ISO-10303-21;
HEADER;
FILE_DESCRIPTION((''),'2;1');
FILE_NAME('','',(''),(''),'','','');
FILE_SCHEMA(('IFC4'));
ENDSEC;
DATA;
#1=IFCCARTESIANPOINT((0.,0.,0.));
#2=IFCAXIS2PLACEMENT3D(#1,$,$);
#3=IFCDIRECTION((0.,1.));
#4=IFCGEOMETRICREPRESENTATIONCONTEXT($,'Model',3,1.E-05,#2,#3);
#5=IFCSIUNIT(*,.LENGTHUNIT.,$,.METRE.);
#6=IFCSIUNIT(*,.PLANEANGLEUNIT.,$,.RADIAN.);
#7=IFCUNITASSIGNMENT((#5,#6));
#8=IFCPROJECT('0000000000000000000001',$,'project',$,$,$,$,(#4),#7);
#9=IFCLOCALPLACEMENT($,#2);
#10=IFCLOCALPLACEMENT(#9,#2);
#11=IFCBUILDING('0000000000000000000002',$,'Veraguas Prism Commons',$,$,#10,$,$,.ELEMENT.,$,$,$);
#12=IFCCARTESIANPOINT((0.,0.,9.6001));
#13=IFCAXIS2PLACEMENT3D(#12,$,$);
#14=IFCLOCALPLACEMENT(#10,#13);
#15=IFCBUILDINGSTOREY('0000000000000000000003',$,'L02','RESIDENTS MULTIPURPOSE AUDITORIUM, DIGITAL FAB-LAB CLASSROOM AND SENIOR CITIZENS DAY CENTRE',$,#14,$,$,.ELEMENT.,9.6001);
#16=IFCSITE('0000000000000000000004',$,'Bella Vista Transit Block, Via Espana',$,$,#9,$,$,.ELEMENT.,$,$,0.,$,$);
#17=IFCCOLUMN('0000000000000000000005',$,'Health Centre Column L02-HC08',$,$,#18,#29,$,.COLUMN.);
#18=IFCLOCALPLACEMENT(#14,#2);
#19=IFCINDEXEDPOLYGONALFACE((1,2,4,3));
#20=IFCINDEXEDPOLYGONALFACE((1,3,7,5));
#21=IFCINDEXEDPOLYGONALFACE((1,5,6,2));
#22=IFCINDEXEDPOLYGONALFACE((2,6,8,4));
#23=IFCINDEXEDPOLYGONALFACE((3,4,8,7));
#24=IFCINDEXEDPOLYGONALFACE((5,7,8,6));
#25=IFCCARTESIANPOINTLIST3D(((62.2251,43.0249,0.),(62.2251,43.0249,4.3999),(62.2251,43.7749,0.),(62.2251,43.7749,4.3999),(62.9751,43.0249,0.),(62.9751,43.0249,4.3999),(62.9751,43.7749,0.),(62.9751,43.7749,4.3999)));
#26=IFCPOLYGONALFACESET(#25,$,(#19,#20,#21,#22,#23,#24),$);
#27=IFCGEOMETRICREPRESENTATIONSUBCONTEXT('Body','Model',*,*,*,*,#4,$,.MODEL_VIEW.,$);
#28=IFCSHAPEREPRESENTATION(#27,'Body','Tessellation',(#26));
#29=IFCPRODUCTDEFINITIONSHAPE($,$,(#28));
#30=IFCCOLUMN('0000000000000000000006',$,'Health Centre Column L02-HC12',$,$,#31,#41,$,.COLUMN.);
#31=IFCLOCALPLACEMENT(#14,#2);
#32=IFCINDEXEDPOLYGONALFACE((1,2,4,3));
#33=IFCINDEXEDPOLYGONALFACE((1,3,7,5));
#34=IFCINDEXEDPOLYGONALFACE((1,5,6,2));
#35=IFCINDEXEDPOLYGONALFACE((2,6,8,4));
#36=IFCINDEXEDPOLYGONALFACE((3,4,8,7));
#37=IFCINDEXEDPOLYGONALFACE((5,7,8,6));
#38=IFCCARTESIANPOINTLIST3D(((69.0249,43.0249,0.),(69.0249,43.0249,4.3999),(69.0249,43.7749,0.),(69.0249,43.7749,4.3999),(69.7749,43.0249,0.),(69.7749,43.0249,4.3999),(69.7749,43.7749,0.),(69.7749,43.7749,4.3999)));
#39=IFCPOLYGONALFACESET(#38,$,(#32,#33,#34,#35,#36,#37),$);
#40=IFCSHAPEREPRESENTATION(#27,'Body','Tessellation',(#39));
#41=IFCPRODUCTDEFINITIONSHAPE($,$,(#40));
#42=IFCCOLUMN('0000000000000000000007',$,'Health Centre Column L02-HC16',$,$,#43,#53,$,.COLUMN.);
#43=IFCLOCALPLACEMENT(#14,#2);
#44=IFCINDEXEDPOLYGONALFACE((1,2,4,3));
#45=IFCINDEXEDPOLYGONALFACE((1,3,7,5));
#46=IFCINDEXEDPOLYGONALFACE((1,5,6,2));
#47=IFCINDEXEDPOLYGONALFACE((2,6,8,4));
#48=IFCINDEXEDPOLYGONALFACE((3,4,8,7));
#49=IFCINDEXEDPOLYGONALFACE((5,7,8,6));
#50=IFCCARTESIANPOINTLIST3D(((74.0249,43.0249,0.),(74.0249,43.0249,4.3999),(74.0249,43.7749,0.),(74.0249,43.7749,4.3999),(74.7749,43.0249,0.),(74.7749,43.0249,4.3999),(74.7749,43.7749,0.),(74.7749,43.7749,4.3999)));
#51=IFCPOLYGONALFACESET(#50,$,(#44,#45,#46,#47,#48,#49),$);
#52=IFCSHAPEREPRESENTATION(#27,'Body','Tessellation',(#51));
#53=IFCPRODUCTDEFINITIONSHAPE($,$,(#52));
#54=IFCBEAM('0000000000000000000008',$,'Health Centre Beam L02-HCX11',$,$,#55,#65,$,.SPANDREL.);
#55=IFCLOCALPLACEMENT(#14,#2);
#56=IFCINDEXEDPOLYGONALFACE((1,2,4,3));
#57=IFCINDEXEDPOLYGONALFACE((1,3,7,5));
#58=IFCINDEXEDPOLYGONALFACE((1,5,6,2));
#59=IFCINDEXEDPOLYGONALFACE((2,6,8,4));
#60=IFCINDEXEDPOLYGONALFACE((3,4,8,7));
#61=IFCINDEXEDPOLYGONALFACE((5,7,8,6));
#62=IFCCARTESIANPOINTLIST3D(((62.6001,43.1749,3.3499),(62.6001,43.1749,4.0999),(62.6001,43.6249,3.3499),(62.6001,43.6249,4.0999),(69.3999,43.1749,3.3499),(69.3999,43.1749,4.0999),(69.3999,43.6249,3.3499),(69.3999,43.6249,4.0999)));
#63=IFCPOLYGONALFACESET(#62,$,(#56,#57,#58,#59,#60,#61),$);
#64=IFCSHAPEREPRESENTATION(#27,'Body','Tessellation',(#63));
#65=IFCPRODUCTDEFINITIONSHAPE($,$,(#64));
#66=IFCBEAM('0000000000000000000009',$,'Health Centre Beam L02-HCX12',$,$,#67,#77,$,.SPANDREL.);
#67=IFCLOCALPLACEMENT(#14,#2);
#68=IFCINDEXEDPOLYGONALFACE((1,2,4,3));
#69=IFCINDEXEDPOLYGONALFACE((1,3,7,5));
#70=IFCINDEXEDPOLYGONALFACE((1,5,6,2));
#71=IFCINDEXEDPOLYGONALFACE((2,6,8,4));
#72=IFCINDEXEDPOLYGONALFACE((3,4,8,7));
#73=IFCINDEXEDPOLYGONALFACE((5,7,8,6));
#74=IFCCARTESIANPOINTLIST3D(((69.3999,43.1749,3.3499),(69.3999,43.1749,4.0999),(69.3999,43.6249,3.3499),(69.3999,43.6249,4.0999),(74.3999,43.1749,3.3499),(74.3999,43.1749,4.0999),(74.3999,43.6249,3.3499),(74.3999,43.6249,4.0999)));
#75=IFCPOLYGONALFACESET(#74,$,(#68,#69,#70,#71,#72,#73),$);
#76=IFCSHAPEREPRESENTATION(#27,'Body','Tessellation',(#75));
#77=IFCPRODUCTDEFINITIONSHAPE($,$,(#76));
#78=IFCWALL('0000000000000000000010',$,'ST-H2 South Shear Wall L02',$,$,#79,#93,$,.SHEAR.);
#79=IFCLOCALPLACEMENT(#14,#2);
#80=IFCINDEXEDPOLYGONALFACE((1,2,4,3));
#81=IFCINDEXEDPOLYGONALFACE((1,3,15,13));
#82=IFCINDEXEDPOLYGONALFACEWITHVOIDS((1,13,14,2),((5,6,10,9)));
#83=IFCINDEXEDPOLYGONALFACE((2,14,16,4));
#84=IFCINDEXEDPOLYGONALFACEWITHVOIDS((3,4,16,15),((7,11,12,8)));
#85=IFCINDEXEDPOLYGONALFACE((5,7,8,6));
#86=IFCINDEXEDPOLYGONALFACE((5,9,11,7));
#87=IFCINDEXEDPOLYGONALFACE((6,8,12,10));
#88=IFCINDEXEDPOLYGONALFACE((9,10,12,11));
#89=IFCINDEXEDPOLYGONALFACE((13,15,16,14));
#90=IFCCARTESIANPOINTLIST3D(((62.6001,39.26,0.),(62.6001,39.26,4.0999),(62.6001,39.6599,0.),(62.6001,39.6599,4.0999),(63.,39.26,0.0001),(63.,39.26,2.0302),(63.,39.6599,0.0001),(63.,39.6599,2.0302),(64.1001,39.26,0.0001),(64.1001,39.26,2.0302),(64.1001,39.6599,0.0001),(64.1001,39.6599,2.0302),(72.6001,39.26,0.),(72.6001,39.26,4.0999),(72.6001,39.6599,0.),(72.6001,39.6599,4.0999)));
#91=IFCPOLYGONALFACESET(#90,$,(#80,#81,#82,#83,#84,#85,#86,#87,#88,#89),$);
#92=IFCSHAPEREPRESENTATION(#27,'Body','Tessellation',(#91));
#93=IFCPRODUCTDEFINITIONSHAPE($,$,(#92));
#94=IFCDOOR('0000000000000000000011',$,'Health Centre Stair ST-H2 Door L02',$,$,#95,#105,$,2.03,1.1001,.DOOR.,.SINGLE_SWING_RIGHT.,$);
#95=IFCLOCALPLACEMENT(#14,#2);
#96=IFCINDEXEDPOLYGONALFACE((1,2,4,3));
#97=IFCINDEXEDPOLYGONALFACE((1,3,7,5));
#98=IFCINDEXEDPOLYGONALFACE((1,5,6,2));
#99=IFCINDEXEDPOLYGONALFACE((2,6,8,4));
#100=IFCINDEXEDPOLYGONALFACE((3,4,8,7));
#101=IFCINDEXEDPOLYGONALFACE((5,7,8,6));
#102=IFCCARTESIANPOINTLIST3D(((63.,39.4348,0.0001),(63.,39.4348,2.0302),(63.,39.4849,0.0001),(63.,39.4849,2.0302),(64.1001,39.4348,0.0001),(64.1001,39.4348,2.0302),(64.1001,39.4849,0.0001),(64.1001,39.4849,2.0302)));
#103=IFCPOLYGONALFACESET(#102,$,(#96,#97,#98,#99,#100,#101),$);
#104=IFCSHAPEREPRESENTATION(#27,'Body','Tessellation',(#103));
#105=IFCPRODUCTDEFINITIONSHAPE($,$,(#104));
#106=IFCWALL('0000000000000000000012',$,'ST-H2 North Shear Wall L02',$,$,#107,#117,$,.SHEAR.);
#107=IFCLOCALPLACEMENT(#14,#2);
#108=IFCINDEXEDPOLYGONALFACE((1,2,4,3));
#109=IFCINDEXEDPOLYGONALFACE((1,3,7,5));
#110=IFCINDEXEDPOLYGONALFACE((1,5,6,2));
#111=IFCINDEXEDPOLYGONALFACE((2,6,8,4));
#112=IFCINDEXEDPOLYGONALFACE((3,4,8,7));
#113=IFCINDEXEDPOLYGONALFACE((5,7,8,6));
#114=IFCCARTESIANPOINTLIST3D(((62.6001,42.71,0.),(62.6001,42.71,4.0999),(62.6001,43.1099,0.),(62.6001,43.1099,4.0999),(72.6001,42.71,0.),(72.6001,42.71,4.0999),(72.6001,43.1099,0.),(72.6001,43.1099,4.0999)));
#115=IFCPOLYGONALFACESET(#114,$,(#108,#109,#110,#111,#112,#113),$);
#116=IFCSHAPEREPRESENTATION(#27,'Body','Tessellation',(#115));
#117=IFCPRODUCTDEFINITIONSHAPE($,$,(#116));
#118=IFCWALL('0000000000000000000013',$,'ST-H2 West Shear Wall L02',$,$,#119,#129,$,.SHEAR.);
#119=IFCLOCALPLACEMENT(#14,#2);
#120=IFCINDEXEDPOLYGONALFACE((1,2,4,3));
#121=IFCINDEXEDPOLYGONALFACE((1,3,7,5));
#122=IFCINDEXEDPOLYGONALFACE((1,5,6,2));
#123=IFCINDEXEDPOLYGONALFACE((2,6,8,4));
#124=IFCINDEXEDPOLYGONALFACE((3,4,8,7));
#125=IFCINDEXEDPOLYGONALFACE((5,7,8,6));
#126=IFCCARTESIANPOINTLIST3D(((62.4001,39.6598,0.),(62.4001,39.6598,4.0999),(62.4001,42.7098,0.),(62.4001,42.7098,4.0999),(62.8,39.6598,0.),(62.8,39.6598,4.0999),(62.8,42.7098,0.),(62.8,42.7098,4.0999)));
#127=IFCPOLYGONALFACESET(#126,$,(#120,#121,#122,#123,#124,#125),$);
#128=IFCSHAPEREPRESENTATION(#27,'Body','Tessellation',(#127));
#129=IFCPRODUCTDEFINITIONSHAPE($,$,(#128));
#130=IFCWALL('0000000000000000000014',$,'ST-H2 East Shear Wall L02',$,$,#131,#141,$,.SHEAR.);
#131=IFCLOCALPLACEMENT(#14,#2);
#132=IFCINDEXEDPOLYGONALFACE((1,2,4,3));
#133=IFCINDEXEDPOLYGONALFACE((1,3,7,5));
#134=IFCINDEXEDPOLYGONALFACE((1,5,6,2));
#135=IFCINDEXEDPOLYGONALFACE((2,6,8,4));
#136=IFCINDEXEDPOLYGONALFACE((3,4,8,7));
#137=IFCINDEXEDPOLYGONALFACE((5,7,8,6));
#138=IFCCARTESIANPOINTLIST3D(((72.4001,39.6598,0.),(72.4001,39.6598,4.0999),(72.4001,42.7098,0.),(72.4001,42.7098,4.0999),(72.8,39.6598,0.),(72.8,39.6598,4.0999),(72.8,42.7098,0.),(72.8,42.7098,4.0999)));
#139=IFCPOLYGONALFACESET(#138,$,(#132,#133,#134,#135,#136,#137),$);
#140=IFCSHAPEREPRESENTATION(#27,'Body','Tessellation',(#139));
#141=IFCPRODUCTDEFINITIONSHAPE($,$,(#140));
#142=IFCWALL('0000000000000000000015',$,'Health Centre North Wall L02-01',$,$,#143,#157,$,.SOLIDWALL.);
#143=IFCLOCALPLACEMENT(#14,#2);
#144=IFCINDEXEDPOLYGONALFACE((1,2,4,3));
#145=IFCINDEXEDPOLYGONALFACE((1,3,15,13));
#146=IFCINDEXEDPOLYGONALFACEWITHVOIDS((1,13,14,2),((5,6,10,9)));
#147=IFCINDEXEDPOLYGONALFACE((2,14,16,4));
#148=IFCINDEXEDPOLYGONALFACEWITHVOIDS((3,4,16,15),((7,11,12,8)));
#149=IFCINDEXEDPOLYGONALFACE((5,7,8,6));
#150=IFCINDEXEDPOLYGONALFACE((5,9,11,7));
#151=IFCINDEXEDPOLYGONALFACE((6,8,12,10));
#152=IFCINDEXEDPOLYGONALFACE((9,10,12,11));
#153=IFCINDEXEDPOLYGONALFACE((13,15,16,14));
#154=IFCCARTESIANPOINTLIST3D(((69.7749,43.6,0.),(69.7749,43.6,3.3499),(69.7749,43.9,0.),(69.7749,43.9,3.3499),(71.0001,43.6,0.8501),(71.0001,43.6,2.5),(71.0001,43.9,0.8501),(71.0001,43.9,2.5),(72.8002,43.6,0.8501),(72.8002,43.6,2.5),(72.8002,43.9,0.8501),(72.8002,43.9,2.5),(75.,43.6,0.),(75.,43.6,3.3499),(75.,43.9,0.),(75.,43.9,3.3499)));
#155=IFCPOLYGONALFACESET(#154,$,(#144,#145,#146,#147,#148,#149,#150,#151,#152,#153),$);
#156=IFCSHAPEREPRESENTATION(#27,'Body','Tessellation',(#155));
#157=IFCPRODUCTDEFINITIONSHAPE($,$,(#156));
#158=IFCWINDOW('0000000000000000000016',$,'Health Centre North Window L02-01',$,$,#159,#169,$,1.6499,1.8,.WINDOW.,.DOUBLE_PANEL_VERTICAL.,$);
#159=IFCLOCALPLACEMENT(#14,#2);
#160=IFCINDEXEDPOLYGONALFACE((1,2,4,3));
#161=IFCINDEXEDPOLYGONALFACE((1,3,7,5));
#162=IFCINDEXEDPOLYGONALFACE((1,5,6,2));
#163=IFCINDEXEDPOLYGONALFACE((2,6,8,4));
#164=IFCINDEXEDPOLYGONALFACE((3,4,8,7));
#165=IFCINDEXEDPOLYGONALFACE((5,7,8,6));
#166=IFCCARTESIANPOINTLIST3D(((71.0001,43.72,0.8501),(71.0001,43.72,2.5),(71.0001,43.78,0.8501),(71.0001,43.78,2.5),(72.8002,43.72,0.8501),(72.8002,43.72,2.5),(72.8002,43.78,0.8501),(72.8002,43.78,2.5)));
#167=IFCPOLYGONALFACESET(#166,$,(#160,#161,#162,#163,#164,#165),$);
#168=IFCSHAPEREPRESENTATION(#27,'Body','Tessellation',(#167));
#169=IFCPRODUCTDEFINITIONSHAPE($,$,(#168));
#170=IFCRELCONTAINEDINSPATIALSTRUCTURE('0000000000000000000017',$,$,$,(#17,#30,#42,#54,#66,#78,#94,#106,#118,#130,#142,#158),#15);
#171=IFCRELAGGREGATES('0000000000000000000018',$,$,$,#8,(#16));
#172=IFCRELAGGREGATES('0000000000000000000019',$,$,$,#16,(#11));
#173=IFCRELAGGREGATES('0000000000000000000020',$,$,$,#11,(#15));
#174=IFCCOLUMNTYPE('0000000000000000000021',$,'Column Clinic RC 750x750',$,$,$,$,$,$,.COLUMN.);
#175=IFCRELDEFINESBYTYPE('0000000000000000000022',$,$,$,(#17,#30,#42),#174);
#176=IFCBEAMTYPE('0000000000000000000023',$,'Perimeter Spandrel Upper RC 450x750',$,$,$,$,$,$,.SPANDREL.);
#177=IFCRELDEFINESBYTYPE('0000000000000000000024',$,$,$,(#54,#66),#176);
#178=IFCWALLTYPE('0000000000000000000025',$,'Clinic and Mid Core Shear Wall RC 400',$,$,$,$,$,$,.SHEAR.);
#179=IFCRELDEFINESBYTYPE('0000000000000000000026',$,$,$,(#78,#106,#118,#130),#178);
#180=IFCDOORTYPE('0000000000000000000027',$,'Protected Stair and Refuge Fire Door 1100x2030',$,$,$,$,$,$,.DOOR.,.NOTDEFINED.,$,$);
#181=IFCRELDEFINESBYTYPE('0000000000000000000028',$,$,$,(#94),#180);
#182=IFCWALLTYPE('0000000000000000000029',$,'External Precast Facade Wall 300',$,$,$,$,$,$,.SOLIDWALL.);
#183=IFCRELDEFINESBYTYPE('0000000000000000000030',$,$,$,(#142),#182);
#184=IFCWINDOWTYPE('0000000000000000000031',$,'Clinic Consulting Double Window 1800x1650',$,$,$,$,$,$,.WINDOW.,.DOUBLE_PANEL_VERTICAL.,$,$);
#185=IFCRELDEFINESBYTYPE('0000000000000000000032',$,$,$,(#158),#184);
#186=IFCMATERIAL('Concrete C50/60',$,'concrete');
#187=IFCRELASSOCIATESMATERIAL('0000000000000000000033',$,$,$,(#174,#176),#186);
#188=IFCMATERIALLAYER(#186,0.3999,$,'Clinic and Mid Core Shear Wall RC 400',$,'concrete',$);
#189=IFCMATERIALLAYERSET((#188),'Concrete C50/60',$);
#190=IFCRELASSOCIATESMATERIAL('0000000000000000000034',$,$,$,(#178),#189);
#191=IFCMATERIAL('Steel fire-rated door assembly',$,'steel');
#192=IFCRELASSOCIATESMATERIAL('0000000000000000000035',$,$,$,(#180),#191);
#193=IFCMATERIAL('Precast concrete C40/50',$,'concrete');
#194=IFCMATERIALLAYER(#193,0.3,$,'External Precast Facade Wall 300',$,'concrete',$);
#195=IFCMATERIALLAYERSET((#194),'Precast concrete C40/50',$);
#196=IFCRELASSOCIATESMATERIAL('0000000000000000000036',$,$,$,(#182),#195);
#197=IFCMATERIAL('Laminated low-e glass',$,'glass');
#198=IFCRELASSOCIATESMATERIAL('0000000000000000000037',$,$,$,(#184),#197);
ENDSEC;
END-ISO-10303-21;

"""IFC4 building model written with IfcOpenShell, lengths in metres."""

from ifc_helpers import new_model, si_unit, direction, frame, frame_2d, origin, origin_2d, place, context, subcontext, project, spatial, rectangle, extrude, source, transform, mapped, material, layer, layer_set, material_profile, profile_set, type_object, element, fill, save


model = new_model("IFC4")

# Units and contexts
model_context = context("Model", 3, precision=1e-05, world=origin(), true_north=direction((0.0, 1.0)))
body_context = subcontext(model_context, "Body", "Model", "MODEL_VIEW")
ifc_project = project(units=[si_unit("LENGTHUNIT", "METRE"), si_unit("PLANEANGLEUNIT", "RADIAN")], contexts=[model_context])

# Site, building, storey
site_placement = place(None, origin())
site = spatial("IfcSite", under=ifc_project, at=site_placement, Name="Bella Vista Transit Block, Via Espana", CompositionType="ELEMENT", RefElevation=0.0)
building_placement = place(site_placement, origin())
building = spatial("IfcBuilding", under=site, at=building_placement, Name="Veraguas Prism Commons", CompositionType="ELEMENT")
storey_placement = place(building_placement, frame((0.0, 0.0, 9.6001)))
storey = spatial("IfcBuildingStorey", under=building, at=storey_placement, Name="L02", Description="RESIDENTS MULTIPURPOSE AUDITORIUM, DIGITAL FAB-LAB CLASSROOM AND SENIOR CITIZENS DAY CENTRE", CompositionType="ELEMENT", Elevation=9.6001)

# Columns
ifc_material_1 = material(Name="Concrete C50/60", Category="concrete")
ifc_material_profile_1 = material_profile(ifc_material_1, rectangle(XDim=0.75, YDim=0.75, at=origin_2d()), Name="RC750X750")
ifc_profile_set_1 = profile_set([ifc_material_profile_1], Name="Concrete C50/60")
column_type = type_object("IfcColumnType", Name="Column Clinic RC 750x750", PredefinedType="COLUMN", material=ifc_profile_set_1)
for number, where, z_axis, x_axis, name in (
    (1, (62.6001, 43.3999, 0.0), (0.0, 0.0, 1.0), (1.0, 0.0, 0.0), "Health Centre Column L02-HC08"),
    (2, (69.3999, 43.3999, 0.0), (0.0, 0.0, 1.0), (1.0, 0.0, 0.0), "Health Centre Column L02-HC12"),
    (3, (74.3999, 43.3999, 0.0), (0.0, 0.0, 1.0), (1.0, 0.0, 0.0), "Health Centre Column L02-HC16"),
):
    element("IfcColumn", number, at=place(storey_placement, frame(where, z_axis=z_axis, x_axis=x_axis)), inside=storey, type_object=column_type, Name=name, PredefinedType="COLUMN", context=body_context, shape_type="SweptSolid", body=[
        extrude(rectangle(XDim=0.75, YDim=0.75, at=origin_2d()), origin(), (0.0, 0.0, 1.0), 4.3999),
    ])

# Beams
ifc_material_profile_2 = material_profile(ifc_material_1, rectangle(XDim=0.45, YDim=0.75, at=origin_2d()), Name="RC450X750")
ifc_profile_set_2 = profile_set([ifc_material_profile_2], Name="Concrete C50/60")
beam_type = type_object("IfcBeamType", Name="Perimeter Spandrel Upper RC 450x750", PredefinedType="SPANDREL", material=ifc_profile_set_2)
beam_1_placement = place(storey_placement, frame((62.6001, 43.3999, 3.7249), z_axis=(1.0, 0.0, 0.0), x_axis=(0.0, 1.0, 0.0)))
element("IfcBeam", 4, at=beam_1_placement, inside=storey, type_object=beam_type, Name="Health Centre Beam L02-HCX11", PredefinedType="SPANDREL", context=body_context, shape_type="SweptSolid", body=[
    extrude(rectangle(XDim=0.45, YDim=0.75, at=origin_2d()), origin(), (0.0, 0.0, 1.0), 6.7998),
])
beam_2_placement = place(storey_placement, frame((69.3999, 43.3999, 3.7249), z_axis=(1.0, 0.0, 0.0), x_axis=(0.0, 1.0, 0.0)))
element("IfcBeam", 5, at=beam_2_placement, inside=storey, type_object=beam_type, Name="Health Centre Beam L02-HCX12", PredefinedType="SPANDREL", context=body_context, shape_type="SweptSolid", body=[
    extrude(rectangle(XDim=0.45, YDim=0.75, at=origin_2d()), origin(), (0.0, 0.0, 1.0), 5.0),
])

# Wall, opening, door
ifc_layer_1 = layer(ifc_material_1, 0.3999, Name="Clinic and Mid Core Shear Wall RC 400", Category="concrete")
ifc_layer_set_1 = layer_set([ifc_layer_1], Name="Concrete C50/60")
wall_type_1 = type_object("IfcWallType", Name="Clinic and Mid Core Shear Wall RC 400", PredefinedType="SHEAR", material=ifc_layer_set_1)
wall_1_placement = place(storey_placement, frame((62.6001, 39.46, 0.0), z_axis=(0.0, 0.0, 1.0), x_axis=(1.0, 0.0, 0.0)))
wall_1 = element("IfcWall", 6, at=wall_1_placement, inside=storey, type_object=wall_type_1, Name="ST-H2 South Shear Wall L02", PredefinedType="SHEAR", context=body_context, shape_type="SweptSolid", body=[
    extrude(rectangle(XDim=10.0, YDim=0.3999, at=frame_2d((5.0, 0.0))), origin(), (0.0, 0.0, 1.0), 4.0999),
])
opening_1_placement = place(wall_1_placement, frame((0.3999, 0.0, 0.0)))
opening_1 = element("IfcOpeningElement", 7, at=opening_1_placement, cuts=wall_1, PredefinedType="OPENING", context=body_context, shape_type="SweptSolid", body=[
    extrude(rectangle(XDim=1.1001, YDim=2.03, at=frame_2d((0.55, 1.0151))), frame((0.0, 0.21, 0.0), z_axis=(0.0, -1.0, 0.0), x_axis=(1.0, 0.0, 0.0)), (0.0, 0.0, 1.0), 0.4199),
])
ifc_material_2 = material(Name="Steel fire-rated door assembly", Category="steel")
door_type = type_object("IfcDoorType", Name="Protected Stair and Refuge Fire Door 1100x2030", OperationType="NOTDEFINED", PredefinedType="DOOR", material=ifc_material_2)
shared_shape_1 = source(origin(), body_context, "Body", "SweptSolid", [
    extrude(rectangle(XDim=1.1001, YDim=2.03, at=frame_2d((0.55, 1.0151))), frame((0.0, 0.0249, 0.0), z_axis=(0.0, -1.0, 0.0), x_axis=(1.0, 0.0, 0.0)), (0.0, 0.0, 1.0), 0.05),
])
door_placement = place(opening_1_placement, origin())
door = element("IfcDoor", 8, at=door_placement, inside=storey, type_object=door_type, Name="Health Centre Stair ST-H2 Door L02", OperationType="SINGLE_SWING_RIGHT", OverallHeight=2.03, OverallWidth=1.1001, PredefinedType="DOOR", context=body_context, shape_type="MappedRepresentation", body=[
    mapped(shared_shape_1, transform((0.0, 0.0, 0.0), scale=1.0)),
])
fill(opening_1, door)

# Walls
wall_2_placement = place(storey_placement, frame((62.6001, 42.9099, 0.0), z_axis=(0.0, 0.0, 1.0), x_axis=(1.0, 0.0, 0.0)))
element("IfcWall", 9, at=wall_2_placement, inside=storey, type_object=wall_type_1, Name="ST-H2 North Shear Wall L02", PredefinedType="SHEAR", context=body_context, shape_type="SweptSolid", body=[
    extrude(rectangle(XDim=10.0, YDim=0.3999, at=frame_2d((5.0, 0.0))), origin(), (0.0, 0.0, 1.0), 4.0999),
])
for number, where, z_axis, x_axis, name in (
    (10, (62.6001, 39.6599, 0.0), (0.0, 0.0, 1.0), (0.0, 1.0, 0.0), "ST-H2 West Shear Wall L02"),
    (11, (72.6001, 39.6599, 0.0), (0.0, 0.0, 1.0), (0.0, 1.0, 0.0), "ST-H2 East Shear Wall L02"),
):
    element("IfcWall", number, at=place(storey_placement, frame(where, z_axis=z_axis, x_axis=x_axis)), inside=storey, type_object=wall_type_1, Name=name, PredefinedType="SHEAR", context=body_context, shape_type="SweptSolid", body=[
        extrude(rectangle(XDim=3.05, YDim=0.3999, at=frame_2d((1.5249, 0.0))), origin(), (0.0, 0.0, 1.0), 4.0999),
    ])

# Wall, opening, window
ifc_material_3 = material(Name="Precast concrete C40/50", Category="concrete")
ifc_layer_2 = layer(ifc_material_3, 0.3, Name="External Precast Facade Wall 300", Category="concrete")
ifc_layer_set_2 = layer_set([ifc_layer_2], Name="Precast concrete C40/50")
wall_type_2 = type_object("IfcWallType", Name="External Precast Facade Wall 300", PredefinedType="SOLIDWALL", material=ifc_layer_set_2)
wall_3_placement = place(storey_placement, frame((75.0, 43.75, 0.0), z_axis=(0.0, 0.0, 1.0), x_axis=(-1.0, 0.0, 0.0)))
wall_3 = element("IfcWall", 12, at=wall_3_placement, inside=storey, type_object=wall_type_2, Name="Health Centre North Wall L02-01", PredefinedType="SOLIDWALL", context=body_context, shape_type="SweptSolid", body=[
    extrude(rectangle(XDim=5.2251, YDim=0.3, at=frame_2d((2.6125, 0.0))), origin(), (0.0, 0.0, 1.0), 3.3499),
])
opening_2_placement = place(wall_3_placement, frame((2.2, 0.0, 0.8501)))
opening_2 = element("IfcOpeningElement", 13, at=opening_2_placement, cuts=wall_3, PredefinedType="OPENING", context=body_context, shape_type="SweptSolid", body=[
    extrude(rectangle(XDim=1.8, YDim=1.6499, at=frame_2d((0.8999, 0.825))), frame((0.0, 0.1599, 0.0), z_axis=(0.0, -1.0, 0.0), x_axis=(1.0, 0.0, 0.0)), (0.0, 0.0, 1.0), 0.3201),
])
ifc_material_4 = material(Name="Laminated low-e glass", Category="glass")
window_type = type_object("IfcWindowType", Name="Clinic Consulting Double Window 1800x1650", PartitioningType="DOUBLE_PANEL_VERTICAL", PredefinedType="WINDOW", material=ifc_material_4)
shared_shape_2 = source(origin(), body_context, "Body", "SweptSolid", [
    extrude(rectangle(XDim=1.8, YDim=1.6499, at=frame_2d((0.8999, 0.825))), frame((0.0, 0.03, 0.0), z_axis=(0.0, -1.0, 0.0), x_axis=(1.0, 0.0, 0.0)), (0.0, 0.0, 1.0), 0.0601),
])
window_1_placement = place(opening_2_placement, origin())
window_1 = element("IfcWindow", 14, at=window_1_placement, inside=storey, type_object=window_type, Name="Health Centre North Window L02-01", OverallHeight=1.6499, OverallWidth=1.8, PartitioningType="DOUBLE_PANEL_VERTICAL", PredefinedType="WINDOW", context=body_context, shape_type="MappedRepresentation", body=[
    mapped(shared_shape_2, transform((0.0, 0.0, 0.0), scale=1.0)),
])
fill(opening_2, window_1)

save(model, "model.ifc")
